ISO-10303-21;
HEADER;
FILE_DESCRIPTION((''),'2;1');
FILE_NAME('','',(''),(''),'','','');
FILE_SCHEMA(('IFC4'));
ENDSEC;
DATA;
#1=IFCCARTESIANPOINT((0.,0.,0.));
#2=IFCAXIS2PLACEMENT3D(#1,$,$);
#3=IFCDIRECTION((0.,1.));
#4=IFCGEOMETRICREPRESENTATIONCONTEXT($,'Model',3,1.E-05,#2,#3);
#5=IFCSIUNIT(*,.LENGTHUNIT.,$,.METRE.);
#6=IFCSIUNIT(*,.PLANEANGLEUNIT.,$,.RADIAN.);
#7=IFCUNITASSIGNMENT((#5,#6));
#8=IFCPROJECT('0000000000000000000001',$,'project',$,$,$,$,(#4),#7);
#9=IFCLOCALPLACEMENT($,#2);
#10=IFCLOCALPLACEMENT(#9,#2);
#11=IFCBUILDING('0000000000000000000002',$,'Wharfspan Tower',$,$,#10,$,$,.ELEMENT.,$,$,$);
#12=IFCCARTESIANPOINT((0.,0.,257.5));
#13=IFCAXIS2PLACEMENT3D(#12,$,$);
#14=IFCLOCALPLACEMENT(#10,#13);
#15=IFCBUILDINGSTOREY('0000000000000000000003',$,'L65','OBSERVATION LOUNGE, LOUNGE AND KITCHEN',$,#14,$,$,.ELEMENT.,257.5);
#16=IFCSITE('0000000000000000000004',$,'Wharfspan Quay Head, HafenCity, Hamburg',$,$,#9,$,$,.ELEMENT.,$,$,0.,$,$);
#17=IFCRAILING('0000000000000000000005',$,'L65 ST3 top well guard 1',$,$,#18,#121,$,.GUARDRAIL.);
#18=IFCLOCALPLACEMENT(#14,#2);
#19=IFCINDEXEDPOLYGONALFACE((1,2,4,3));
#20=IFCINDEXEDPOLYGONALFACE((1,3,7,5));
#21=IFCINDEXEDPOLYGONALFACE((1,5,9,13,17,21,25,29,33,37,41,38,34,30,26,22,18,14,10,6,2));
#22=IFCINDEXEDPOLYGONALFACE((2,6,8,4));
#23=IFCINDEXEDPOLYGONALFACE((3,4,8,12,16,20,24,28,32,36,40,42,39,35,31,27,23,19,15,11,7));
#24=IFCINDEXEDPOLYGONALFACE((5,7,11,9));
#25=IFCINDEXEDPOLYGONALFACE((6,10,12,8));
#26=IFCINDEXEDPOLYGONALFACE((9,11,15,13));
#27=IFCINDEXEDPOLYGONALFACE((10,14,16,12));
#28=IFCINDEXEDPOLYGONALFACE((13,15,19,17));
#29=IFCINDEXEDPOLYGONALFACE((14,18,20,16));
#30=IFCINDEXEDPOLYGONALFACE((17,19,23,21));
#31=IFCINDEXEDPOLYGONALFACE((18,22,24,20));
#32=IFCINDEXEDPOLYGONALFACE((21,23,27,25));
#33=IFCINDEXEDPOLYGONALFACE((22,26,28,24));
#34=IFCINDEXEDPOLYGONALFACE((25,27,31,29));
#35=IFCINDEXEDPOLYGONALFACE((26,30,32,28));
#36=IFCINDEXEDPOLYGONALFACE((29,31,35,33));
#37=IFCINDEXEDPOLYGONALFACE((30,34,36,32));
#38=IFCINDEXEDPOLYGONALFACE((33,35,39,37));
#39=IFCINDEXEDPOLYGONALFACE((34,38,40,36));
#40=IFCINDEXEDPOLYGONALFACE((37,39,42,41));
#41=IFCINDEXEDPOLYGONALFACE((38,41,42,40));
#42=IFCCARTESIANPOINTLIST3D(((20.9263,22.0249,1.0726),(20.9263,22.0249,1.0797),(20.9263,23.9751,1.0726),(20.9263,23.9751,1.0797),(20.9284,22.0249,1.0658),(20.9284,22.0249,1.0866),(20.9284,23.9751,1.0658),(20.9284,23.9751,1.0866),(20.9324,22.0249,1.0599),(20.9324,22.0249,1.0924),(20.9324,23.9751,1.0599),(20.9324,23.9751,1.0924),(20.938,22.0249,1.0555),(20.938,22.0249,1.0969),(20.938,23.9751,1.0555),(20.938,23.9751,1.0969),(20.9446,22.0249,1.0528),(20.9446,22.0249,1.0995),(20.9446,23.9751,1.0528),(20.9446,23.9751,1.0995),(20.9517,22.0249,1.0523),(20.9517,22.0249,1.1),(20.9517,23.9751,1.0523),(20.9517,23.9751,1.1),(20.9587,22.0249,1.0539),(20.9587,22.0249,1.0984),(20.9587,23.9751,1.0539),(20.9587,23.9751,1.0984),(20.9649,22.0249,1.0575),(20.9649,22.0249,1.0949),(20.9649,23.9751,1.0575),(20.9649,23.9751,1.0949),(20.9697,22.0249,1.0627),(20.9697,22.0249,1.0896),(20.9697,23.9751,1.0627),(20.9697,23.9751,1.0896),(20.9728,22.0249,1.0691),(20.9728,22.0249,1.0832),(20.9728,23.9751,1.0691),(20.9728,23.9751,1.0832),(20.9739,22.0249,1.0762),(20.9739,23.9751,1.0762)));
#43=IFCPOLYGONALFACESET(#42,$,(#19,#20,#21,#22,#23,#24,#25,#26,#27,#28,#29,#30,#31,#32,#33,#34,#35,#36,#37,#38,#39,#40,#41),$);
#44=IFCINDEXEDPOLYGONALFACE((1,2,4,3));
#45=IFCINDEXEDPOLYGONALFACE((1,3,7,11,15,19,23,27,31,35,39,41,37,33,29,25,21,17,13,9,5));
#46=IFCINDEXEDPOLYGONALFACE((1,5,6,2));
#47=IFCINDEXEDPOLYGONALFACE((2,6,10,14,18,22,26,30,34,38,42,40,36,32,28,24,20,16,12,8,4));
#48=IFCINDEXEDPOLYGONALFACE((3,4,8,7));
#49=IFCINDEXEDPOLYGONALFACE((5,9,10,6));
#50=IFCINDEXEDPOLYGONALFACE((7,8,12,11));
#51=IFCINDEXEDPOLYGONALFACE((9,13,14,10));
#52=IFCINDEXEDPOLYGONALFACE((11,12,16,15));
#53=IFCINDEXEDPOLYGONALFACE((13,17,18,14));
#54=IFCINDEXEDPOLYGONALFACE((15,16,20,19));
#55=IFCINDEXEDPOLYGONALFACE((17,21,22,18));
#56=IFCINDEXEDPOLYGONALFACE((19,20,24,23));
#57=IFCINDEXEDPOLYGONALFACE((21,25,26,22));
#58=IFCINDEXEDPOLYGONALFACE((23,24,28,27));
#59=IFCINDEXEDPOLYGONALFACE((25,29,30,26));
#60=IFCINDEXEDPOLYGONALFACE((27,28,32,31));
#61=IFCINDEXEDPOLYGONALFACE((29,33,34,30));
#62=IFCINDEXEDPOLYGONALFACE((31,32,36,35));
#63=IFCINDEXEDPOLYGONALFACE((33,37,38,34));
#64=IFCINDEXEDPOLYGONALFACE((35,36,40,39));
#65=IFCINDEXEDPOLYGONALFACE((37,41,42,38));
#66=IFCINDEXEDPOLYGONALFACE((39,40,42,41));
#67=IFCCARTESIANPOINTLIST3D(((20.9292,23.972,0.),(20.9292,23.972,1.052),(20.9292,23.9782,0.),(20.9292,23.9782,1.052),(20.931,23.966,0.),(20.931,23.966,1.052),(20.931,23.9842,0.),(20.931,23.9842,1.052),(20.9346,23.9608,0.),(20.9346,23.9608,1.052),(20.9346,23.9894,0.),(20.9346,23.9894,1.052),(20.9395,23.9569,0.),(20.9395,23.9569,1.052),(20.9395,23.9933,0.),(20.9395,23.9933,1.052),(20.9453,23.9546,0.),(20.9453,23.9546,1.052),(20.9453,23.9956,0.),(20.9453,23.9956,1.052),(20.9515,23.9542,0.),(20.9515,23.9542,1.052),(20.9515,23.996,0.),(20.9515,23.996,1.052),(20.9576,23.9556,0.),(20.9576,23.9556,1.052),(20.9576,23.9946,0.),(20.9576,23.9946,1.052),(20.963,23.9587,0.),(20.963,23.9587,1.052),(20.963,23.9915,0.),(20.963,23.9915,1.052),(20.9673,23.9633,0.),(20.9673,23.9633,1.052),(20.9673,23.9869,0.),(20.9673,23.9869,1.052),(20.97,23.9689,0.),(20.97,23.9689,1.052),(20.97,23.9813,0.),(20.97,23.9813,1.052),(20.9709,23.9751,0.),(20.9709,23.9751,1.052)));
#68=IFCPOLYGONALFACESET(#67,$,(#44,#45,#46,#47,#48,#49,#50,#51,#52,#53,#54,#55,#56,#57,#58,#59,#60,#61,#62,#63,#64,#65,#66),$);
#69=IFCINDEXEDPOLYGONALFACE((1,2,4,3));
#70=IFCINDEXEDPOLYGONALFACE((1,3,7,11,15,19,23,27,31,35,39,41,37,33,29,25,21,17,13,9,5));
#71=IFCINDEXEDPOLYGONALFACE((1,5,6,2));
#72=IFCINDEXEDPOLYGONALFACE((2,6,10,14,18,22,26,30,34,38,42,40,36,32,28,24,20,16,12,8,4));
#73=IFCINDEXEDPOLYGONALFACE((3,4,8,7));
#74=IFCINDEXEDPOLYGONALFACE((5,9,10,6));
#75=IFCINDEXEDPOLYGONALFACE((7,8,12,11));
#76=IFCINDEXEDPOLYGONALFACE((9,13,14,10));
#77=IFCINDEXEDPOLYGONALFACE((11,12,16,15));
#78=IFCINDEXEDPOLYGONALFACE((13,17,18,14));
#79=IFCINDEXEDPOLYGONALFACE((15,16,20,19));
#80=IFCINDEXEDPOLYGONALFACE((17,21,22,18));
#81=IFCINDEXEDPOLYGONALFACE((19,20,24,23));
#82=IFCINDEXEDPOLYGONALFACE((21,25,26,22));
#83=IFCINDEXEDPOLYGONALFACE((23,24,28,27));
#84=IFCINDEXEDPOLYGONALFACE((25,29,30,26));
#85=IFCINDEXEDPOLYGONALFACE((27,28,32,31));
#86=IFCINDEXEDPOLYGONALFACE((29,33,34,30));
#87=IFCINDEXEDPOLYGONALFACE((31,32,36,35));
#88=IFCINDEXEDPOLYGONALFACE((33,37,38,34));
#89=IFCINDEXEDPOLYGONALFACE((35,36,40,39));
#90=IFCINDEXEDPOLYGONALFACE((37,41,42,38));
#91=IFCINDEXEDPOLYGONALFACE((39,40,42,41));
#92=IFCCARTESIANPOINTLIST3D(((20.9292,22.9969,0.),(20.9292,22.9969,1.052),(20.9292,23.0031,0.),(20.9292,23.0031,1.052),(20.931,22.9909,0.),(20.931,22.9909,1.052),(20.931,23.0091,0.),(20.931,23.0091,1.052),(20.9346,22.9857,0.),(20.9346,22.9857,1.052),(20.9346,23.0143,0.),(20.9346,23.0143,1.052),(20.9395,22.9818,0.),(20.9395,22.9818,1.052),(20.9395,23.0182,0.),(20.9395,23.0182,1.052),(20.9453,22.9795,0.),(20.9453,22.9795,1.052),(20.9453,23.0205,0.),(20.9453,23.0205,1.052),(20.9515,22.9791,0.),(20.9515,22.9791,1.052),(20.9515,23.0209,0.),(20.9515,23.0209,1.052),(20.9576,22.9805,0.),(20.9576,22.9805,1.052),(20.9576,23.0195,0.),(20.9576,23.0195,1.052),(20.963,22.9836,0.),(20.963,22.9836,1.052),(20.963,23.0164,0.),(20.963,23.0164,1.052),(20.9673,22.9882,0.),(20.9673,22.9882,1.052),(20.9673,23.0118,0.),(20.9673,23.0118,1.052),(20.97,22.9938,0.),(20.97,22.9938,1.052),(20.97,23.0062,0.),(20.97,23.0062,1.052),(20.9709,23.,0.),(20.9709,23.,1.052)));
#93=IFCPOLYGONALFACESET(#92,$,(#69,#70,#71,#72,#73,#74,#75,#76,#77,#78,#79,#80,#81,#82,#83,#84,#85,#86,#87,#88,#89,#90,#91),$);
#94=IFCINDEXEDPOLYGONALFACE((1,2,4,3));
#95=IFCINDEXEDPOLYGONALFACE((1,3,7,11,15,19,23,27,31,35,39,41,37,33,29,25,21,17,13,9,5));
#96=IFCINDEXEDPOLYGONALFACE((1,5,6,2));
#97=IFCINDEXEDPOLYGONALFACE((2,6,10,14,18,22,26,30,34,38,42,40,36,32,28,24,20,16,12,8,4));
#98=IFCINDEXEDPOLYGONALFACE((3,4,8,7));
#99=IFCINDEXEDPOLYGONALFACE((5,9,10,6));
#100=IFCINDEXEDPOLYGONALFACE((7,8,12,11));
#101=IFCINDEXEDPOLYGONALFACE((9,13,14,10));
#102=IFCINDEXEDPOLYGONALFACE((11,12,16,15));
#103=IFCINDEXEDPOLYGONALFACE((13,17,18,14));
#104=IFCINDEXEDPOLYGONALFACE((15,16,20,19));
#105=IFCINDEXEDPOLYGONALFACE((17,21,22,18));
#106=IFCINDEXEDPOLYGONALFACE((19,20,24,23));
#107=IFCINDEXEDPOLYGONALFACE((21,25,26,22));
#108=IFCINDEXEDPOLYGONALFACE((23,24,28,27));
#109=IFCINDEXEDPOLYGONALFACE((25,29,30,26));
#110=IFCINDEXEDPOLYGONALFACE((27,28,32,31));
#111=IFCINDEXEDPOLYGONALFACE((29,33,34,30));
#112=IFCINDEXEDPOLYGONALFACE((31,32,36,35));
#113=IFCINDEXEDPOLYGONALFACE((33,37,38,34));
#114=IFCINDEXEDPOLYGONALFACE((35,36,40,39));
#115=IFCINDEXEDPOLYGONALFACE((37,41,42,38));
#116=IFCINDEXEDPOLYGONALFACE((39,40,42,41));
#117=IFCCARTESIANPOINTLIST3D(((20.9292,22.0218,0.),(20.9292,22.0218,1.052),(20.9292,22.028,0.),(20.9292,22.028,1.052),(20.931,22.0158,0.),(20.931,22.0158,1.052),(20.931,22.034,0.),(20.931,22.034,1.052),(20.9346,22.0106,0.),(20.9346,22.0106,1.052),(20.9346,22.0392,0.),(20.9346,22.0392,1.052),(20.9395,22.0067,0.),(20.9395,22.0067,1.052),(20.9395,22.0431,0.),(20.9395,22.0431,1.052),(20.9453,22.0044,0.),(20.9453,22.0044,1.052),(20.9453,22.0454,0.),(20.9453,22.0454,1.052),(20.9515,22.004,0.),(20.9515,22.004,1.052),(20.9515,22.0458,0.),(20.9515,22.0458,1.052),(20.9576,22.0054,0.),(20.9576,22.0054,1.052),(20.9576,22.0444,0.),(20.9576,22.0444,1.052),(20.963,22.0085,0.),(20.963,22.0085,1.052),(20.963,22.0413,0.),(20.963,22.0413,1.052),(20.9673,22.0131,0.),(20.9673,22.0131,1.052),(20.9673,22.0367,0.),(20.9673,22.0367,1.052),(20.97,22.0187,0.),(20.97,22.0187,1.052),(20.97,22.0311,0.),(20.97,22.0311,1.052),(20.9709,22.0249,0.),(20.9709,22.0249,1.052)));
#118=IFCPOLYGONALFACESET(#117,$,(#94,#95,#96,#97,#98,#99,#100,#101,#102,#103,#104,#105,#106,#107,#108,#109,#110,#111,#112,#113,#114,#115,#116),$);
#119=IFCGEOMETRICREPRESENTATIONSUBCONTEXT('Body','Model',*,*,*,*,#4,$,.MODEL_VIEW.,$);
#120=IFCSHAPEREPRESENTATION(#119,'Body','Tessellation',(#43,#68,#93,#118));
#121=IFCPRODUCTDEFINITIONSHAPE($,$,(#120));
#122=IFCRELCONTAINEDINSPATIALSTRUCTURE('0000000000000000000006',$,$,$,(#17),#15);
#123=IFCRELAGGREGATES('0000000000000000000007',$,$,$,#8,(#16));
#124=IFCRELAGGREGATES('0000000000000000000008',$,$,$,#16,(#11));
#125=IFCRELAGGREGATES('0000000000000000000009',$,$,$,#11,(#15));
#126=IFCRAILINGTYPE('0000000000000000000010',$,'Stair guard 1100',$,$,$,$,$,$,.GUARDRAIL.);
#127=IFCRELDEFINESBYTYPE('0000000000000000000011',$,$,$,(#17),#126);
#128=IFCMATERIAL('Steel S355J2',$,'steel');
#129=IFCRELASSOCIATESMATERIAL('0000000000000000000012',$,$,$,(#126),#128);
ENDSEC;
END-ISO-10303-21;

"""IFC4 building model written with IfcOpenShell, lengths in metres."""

from ifc_helpers import new_model, si_unit, direction, frame, origin, origin_2d, place, context, subcontext, project, spatial, circle, extrude, material, type_object, element, save


model = new_model("IFC4")

# Units and contexts
model_context = context("Model", 3, precision=1e-05, world=origin(), true_north=direction((0.0, 1.0)))
body_context = subcontext(model_context, "Body", "Model", "MODEL_VIEW")
ifc_project = project(units=[si_unit("LENGTHUNIT", "METRE"), si_unit("PLANEANGLEUNIT", "RADIAN")], contexts=[model_context])

# Site, building, storey
site_placement = place(None, origin())
site = spatial("IfcSite", under=ifc_project, at=site_placement, Name="Wharfspan Quay Head, HafenCity, Hamburg", CompositionType="ELEMENT", RefElevation=0.0)
building_placement = place(site_placement, origin())
building = spatial("IfcBuilding", under=site, at=building_placement, Name="Wharfspan Tower", CompositionType="ELEMENT")
storey_placement = place(building_placement, frame((0.0, 0.0, 257.5)))
storey = spatial("IfcBuildingStorey", under=building, at=storey_placement, Name="L65", Description="OBSERVATION LOUNGE, LOUNGE AND KITCHEN", CompositionType="ELEMENT", Elevation=257.5)

# Shared definitions
ifc_material_1 = material(Name="Steel S355J2", Category="steel")

# Railing
railing_type = type_object("IfcRailingType", Name="Stair guard 1100", PredefinedType="GUARDRAIL", material=ifc_material_1)
railing_placement = place(storey_placement, frame((20.95, 23.9751, 0.0)))
element("IfcRailing", 1, at=railing_placement, inside=storey, type_object=railing_type, Name="L65 ST3 top well guard 1", PredefinedType="GUARDRAIL", context=body_context, shape_type="SweptSolid", body=[
    extrude(circle(Radius=0.0239, at=origin_2d()), frame((0.0, 0.0, 1.0762), z_axis=(0.0, -1.0, 0.0), x_axis=(1.0, 0.0, 0.0)), (0.0, 0.0, 1.0), 1.9502),
    extrude(circle(Radius=0.021, at=origin_2d()), origin(), (0.0, 0.0, 1.0), 1.052),
    extrude(circle(Radius=0.021, at=origin_2d()), frame((0.0, -0.9751, 0.0)), (0.0, 0.0, 1.0), 1.052),
    extrude(circle(Radius=0.021, at=origin_2d()), frame((0.0, -1.9502, 0.0)), (0.0, 0.0, 1.0), 1.052),
])

save(model, "model.ifc")
